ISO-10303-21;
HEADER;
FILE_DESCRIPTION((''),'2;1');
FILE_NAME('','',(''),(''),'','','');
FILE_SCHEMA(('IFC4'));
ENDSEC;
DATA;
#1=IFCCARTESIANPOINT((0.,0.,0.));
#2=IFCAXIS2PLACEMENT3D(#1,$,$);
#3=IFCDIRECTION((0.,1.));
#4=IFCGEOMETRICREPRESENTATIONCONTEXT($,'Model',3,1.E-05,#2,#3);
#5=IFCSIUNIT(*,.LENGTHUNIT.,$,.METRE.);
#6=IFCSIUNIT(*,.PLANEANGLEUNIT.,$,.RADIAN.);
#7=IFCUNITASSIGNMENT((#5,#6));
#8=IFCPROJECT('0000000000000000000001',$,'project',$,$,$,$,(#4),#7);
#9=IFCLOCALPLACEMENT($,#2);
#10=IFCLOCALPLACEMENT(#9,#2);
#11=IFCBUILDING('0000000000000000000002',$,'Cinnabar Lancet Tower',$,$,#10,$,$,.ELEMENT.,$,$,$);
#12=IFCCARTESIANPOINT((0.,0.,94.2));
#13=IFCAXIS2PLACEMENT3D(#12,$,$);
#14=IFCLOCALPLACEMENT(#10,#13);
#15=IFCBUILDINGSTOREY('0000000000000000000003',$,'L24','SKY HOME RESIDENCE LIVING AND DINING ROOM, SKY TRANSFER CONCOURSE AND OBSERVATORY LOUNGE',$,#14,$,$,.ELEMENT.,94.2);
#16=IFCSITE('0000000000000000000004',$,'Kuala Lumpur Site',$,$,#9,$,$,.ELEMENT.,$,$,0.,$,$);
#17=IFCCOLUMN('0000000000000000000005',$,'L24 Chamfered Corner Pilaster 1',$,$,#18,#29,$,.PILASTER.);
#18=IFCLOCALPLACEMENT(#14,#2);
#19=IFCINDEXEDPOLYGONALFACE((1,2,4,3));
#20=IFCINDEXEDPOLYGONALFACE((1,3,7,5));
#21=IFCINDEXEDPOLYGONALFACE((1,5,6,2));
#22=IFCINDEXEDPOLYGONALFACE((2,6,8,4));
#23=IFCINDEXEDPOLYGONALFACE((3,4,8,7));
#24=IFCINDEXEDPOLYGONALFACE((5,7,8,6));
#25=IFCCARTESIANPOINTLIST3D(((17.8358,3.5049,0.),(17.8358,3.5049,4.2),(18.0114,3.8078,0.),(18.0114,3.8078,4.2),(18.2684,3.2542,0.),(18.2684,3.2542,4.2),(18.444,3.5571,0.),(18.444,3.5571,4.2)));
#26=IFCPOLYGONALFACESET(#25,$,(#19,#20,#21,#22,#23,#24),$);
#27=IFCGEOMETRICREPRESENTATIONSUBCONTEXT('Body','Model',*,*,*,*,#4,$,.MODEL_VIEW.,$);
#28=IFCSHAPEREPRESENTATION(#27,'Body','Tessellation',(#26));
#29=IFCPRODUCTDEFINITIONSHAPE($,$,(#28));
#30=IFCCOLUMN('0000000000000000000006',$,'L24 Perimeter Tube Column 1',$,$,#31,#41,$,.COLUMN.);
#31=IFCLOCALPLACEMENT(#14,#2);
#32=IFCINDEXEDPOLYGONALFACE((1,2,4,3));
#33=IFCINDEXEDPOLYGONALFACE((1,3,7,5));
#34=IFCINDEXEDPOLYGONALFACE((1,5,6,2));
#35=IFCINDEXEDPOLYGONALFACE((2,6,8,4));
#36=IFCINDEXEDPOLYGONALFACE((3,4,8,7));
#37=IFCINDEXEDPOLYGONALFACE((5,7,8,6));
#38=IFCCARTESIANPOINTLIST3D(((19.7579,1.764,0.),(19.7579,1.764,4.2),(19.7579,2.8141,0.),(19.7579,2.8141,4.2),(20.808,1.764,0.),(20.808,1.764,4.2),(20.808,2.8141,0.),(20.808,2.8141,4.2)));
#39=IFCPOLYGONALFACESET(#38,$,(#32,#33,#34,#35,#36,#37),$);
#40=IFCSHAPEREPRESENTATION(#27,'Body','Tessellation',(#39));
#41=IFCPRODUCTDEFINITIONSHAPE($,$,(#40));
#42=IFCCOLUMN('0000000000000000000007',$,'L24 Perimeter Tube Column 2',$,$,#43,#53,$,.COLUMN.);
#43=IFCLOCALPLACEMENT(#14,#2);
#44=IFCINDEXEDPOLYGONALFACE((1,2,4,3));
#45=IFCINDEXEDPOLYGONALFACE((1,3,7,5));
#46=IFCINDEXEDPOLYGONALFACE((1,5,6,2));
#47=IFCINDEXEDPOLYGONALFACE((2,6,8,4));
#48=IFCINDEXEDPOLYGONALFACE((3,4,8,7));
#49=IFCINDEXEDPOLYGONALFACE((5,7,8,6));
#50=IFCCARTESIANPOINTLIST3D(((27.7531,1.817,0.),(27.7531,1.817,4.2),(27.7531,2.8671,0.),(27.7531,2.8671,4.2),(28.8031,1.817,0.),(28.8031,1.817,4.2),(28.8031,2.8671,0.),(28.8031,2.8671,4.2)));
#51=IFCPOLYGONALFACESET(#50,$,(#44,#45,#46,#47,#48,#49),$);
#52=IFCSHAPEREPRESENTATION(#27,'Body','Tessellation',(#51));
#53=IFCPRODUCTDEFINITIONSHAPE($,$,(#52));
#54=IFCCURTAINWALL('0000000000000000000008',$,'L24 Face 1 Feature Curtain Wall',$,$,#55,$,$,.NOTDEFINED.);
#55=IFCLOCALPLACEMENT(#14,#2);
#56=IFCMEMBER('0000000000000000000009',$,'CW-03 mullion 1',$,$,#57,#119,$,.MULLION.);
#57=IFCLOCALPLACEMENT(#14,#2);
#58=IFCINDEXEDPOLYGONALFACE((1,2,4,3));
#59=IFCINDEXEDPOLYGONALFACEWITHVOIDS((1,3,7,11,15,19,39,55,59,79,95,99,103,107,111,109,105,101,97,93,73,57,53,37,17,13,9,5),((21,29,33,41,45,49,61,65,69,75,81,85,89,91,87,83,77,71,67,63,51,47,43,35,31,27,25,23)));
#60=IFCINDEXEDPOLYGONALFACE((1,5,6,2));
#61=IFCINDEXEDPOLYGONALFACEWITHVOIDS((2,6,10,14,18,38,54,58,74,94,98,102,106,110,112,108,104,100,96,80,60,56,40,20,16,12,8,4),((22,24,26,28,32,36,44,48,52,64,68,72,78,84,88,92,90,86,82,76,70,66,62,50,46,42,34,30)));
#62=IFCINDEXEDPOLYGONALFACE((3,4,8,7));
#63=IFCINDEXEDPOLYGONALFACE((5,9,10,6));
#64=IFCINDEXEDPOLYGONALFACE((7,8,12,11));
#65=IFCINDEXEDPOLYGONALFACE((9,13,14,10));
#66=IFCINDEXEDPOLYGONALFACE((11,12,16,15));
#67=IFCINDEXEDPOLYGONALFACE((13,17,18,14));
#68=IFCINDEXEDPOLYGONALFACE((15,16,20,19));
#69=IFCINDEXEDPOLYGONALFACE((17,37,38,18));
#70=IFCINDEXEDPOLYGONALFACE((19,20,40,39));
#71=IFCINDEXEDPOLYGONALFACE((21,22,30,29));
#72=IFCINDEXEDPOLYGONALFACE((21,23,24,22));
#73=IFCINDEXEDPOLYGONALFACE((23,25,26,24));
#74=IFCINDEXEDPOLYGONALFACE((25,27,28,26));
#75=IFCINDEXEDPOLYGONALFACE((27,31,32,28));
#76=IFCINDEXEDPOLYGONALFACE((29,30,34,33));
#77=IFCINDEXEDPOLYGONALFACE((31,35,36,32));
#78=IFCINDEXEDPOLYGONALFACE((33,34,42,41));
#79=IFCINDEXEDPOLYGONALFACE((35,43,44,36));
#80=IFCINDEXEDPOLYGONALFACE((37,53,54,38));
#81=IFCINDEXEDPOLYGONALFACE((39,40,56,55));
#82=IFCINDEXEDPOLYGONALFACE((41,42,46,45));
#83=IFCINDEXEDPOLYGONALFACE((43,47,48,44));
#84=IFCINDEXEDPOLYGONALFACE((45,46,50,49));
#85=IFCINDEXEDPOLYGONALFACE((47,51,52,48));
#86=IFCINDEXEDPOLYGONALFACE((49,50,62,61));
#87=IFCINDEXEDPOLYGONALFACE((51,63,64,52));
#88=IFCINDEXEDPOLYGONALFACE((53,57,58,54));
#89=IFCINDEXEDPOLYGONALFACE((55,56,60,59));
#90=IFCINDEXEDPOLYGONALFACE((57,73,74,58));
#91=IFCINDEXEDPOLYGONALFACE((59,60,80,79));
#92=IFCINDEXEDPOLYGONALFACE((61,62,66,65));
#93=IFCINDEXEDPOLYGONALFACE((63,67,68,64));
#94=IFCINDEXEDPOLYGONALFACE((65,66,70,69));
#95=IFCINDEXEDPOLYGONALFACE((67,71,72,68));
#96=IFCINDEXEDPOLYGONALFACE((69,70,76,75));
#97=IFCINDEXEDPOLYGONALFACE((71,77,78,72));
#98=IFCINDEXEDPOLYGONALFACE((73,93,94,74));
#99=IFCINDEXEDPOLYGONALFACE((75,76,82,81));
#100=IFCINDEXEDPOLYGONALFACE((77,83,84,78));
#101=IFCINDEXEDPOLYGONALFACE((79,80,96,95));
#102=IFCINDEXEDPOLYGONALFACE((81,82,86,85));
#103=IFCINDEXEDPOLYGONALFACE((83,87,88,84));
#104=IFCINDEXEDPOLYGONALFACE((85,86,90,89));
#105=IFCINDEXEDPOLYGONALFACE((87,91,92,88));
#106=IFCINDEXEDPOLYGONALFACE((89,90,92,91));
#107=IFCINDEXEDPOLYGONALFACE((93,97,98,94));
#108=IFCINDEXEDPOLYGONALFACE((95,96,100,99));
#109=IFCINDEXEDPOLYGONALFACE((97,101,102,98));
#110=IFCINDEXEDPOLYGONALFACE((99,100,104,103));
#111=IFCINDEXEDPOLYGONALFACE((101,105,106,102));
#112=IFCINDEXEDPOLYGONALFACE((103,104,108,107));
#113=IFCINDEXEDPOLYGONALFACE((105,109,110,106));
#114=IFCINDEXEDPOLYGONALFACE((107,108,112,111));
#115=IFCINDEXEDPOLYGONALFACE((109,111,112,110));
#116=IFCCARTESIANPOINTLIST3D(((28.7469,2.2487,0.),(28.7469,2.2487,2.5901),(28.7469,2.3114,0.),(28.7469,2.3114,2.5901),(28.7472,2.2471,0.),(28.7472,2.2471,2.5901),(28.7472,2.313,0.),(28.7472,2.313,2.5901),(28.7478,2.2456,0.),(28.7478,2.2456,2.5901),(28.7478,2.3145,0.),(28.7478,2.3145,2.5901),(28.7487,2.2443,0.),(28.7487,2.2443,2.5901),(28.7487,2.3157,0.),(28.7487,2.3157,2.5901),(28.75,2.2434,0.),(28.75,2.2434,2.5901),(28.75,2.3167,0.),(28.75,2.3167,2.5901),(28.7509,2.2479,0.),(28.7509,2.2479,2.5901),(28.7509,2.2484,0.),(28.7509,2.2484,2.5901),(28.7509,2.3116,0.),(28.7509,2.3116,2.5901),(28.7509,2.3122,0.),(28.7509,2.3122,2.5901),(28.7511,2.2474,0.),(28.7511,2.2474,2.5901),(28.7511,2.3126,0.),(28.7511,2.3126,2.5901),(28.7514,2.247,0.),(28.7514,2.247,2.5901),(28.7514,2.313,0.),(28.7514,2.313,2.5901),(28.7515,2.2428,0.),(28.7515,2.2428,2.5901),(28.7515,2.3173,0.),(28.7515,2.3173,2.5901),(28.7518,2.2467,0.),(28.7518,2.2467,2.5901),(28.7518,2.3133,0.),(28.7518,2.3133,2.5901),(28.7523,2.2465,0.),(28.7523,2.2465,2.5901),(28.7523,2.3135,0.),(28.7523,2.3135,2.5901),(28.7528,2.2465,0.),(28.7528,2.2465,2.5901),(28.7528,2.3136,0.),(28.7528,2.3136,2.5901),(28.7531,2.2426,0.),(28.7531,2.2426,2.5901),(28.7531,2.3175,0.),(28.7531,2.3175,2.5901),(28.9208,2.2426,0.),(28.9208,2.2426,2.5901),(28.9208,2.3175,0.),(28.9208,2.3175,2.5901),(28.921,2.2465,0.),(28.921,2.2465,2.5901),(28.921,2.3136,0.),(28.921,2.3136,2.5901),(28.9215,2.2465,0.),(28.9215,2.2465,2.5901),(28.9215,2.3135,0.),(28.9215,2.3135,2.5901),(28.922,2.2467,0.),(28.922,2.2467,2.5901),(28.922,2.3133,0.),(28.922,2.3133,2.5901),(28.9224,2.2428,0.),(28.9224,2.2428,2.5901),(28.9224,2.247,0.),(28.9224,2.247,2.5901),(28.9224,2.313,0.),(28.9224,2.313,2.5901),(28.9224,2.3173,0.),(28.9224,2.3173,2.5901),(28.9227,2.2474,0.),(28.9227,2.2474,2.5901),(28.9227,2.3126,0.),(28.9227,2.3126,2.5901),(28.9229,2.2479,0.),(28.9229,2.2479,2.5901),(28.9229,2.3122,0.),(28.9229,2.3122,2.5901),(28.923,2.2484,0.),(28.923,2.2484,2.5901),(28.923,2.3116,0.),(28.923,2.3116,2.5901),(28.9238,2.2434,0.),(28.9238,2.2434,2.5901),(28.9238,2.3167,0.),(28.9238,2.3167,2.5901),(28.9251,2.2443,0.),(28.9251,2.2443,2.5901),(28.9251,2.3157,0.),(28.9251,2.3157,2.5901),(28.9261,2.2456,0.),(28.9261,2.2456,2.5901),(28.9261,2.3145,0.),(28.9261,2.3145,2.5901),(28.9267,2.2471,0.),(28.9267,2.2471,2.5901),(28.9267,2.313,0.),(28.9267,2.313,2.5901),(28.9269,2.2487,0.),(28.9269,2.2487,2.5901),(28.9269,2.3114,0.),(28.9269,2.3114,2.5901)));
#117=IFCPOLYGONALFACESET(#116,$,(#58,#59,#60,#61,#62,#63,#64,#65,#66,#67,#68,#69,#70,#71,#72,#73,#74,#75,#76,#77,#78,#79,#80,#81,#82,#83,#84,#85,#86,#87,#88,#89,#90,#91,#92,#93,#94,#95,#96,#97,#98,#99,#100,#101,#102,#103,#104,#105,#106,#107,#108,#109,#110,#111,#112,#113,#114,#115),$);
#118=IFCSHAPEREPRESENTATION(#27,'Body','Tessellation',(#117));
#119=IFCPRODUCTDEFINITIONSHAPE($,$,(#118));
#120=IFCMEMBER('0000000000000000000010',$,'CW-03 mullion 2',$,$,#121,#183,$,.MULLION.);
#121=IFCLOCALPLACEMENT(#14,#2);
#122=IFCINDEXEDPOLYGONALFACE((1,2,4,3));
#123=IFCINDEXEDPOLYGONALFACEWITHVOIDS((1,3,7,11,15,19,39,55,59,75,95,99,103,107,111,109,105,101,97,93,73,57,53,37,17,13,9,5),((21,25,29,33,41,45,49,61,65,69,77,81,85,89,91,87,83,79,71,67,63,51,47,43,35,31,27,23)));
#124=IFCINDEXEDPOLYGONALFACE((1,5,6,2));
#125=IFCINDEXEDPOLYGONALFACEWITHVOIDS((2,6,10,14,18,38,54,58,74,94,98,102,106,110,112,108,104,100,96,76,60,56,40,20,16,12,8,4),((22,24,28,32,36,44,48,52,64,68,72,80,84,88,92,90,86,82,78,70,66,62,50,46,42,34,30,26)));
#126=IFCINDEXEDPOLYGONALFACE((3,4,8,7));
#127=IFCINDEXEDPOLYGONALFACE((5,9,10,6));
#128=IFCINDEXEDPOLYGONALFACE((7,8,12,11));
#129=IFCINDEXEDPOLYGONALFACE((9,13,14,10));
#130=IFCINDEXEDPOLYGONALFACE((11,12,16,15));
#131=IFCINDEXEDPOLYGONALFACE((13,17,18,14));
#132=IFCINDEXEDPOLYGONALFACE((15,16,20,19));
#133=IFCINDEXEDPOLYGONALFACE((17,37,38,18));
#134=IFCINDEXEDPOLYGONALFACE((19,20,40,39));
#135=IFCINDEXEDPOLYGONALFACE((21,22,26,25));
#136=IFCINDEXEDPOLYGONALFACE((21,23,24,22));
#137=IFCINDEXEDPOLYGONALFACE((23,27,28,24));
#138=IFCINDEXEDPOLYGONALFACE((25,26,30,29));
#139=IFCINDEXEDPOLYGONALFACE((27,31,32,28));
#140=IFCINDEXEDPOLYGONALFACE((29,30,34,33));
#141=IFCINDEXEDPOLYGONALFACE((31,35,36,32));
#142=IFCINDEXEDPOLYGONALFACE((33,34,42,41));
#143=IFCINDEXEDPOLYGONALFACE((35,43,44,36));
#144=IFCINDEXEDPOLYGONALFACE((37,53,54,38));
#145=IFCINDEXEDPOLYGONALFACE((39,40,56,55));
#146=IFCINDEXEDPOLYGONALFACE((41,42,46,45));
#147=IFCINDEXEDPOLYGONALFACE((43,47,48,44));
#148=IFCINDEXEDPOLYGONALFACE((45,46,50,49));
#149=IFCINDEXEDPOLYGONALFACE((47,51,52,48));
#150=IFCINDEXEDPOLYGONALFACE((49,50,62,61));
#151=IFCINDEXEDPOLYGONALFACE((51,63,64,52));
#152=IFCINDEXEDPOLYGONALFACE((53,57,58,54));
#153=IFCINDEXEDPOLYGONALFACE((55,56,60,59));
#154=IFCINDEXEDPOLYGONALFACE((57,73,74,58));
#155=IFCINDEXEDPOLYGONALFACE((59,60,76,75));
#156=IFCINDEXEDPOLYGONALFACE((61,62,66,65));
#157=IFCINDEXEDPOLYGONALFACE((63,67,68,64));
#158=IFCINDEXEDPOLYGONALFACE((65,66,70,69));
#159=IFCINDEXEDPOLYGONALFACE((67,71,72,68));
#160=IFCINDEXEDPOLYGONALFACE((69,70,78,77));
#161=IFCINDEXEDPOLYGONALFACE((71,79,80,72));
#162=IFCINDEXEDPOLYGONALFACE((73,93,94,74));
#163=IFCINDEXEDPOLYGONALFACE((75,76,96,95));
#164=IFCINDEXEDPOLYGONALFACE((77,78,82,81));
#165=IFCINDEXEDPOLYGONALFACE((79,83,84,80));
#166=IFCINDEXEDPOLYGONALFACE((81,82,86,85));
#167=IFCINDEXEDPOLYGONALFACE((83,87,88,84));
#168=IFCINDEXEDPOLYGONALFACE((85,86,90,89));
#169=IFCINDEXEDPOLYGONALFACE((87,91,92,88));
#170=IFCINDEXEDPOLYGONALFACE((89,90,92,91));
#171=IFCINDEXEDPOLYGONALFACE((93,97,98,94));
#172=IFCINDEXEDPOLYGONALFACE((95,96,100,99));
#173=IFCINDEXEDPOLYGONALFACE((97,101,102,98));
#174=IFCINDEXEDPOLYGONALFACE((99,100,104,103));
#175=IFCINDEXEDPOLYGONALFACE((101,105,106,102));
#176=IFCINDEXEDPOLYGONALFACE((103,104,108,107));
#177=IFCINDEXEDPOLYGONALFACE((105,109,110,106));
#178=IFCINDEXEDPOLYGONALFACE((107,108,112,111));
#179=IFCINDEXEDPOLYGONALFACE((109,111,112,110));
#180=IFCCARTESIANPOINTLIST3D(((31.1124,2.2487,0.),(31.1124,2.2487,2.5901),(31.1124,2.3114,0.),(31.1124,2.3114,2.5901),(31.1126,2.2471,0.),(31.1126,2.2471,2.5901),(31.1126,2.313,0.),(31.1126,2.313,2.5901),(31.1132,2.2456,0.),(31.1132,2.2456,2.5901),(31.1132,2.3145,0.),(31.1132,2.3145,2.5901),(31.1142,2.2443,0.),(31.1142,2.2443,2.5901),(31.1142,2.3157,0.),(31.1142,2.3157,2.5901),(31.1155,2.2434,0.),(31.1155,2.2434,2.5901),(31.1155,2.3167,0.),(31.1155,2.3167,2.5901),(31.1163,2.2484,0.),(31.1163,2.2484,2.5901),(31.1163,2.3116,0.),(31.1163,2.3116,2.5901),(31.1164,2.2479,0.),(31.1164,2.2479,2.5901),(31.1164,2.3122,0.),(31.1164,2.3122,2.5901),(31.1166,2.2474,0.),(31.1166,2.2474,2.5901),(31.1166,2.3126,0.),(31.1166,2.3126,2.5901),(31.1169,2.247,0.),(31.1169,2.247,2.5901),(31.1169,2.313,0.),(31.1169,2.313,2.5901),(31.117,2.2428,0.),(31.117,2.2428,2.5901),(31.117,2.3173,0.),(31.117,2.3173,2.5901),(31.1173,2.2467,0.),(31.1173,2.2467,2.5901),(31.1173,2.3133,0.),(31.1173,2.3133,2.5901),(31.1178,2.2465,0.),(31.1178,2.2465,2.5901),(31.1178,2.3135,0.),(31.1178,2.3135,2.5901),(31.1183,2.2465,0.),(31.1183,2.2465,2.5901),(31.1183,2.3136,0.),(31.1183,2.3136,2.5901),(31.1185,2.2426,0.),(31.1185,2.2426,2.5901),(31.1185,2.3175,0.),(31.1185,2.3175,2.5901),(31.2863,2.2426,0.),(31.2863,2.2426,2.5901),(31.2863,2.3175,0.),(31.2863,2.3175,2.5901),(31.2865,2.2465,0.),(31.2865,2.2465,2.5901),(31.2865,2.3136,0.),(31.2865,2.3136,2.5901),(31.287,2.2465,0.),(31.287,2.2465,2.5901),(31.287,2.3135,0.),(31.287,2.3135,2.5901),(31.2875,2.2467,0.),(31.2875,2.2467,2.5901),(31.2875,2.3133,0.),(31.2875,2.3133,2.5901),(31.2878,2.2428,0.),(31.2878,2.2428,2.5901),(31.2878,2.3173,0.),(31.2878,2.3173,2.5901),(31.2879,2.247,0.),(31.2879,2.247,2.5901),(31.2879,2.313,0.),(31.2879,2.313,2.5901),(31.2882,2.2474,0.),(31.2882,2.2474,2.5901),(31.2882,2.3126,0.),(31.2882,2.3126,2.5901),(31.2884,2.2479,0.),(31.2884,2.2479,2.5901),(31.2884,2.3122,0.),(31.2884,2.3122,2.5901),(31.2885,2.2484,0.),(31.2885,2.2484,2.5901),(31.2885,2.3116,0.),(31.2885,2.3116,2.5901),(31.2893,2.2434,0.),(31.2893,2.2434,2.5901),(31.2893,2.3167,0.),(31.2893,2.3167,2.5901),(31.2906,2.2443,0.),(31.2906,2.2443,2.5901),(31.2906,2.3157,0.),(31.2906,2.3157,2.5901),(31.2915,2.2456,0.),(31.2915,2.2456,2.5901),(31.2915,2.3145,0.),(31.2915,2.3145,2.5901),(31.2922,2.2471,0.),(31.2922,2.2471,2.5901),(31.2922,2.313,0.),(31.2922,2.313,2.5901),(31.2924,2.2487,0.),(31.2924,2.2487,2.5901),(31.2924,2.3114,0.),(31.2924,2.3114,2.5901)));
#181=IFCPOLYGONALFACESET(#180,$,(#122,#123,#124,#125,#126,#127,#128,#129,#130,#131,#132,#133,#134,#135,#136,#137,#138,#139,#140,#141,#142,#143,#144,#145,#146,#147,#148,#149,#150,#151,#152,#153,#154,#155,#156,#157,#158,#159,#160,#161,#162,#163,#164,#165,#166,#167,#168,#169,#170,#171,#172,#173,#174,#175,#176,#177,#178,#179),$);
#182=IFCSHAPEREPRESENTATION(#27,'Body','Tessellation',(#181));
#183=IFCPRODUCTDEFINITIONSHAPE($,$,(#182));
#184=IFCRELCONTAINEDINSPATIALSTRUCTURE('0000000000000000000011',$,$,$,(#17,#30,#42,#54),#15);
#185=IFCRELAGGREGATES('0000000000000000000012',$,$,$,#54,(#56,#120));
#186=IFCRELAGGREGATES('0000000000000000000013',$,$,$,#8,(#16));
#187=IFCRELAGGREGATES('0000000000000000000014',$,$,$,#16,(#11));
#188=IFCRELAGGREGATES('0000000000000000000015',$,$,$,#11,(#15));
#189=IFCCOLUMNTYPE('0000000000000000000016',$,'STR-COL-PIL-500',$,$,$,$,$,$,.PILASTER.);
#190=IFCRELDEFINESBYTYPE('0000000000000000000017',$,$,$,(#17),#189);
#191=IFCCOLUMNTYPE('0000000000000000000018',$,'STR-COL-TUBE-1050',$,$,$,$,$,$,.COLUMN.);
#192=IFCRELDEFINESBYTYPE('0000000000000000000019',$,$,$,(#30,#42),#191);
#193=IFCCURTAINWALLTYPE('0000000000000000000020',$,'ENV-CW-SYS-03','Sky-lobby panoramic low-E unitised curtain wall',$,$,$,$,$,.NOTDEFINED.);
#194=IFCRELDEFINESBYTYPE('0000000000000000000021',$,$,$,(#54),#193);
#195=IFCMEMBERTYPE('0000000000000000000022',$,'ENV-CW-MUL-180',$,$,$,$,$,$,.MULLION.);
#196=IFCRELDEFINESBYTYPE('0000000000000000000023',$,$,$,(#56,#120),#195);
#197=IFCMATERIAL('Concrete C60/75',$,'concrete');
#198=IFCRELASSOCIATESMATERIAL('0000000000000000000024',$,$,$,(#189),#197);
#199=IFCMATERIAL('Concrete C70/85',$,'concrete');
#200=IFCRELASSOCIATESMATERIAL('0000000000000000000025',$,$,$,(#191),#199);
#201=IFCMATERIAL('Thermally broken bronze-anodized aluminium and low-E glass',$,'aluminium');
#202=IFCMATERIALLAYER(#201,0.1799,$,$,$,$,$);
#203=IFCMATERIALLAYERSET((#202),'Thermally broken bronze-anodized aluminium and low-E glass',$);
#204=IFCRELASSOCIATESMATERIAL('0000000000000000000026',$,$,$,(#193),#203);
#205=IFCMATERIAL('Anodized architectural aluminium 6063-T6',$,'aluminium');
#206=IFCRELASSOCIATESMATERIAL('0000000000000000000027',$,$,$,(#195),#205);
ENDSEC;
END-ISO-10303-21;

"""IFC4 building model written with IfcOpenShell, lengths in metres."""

from ifc_helpers import new_model, si_unit, direction, frame, origin, origin_2d, place, context, subcontext, project, spatial, rectangle, hollow_rectangle, extrude, material, layer, layer_set, material_profile, profile_set, type_object, element, aggregate, save


model = new_model("IFC4")

# Units and contexts
model_context = context("Model", 3, precision=1e-05, world=origin(), true_north=direction((0.0, 1.0)))
body_context = subcontext(model_context, "Body", "Model", "MODEL_VIEW")
ifc_project = project(units=[si_unit("LENGTHUNIT", "METRE"), si_unit("PLANEANGLEUNIT", "RADIAN")], contexts=[model_context])

# Site, building, storey
site_placement = place(None, origin())
site = spatial("IfcSite", under=ifc_project, at=site_placement, Name="Kuala Lumpur Site", CompositionType="ELEMENT", RefElevation=0.0)
building_placement = place(site_placement, origin())
building = spatial("IfcBuilding", under=site, at=building_placement, Name="Cinnabar Lancet Tower", CompositionType="ELEMENT")
storey_placement = place(building_placement, frame((0.0, 0.0, 94.2)))
storey = spatial("IfcBuildingStorey", under=building, at=storey_placement, Name="L24", Description="SKY HOME RESIDENCE LIVING AND DINING ROOM, SKY TRANSFER CONCOURSE AND OBSERVATORY LOUNGE", CompositionType="ELEMENT", Elevation=94.2)

# Columns
ifc_material_1 = material(Name="Concrete C60/75", Category="concrete")
ifc_material_profile_1 = material_profile(ifc_material_1, rectangle(XDim=0.5, YDim=0.3501, at=origin_2d()), Name="RC-PIL 500x350")
ifc_profile_set_1 = profile_set([ifc_material_profile_1], Name="Concrete C60/75")
column_type_1 = type_object("IfcColumnType", Name="STR-COL-PIL-500", PredefinedType="PILASTER", material=ifc_profile_set_1)
column_placement = place(storey_placement, frame((18.1399, 3.531, 0.0), z_axis=(0.0, 0.0, 1.0), x_axis=(0.865195, -0.501435, 0.0)))
element("IfcColumn", 1, at=column_placement, inside=storey, type_object=column_type_1, Name="L24 Chamfered Corner Pilaster 1", PredefinedType="PILASTER", context=body_context, shape_type="SweptSolid", body=[
    extrude(rectangle(XDim=0.5, YDim=0.3501, at=origin_2d()), origin(), (0.0, 0.0, 1.0), 4.2),
])
ifc_material_2 = material(Name="Concrete C70/85", Category="concrete")
ifc_material_profile_2 = material_profile(ifc_material_2, rectangle(XDim=1.05, YDim=1.05, at=origin_2d()), Name="RC-COL 1050x1050")
ifc_profile_set_2 = profile_set([ifc_material_profile_2], Name="Concrete C70/85")
column_type_2 = type_object("IfcColumnType", Name="STR-COL-TUBE-1050", PredefinedType="COLUMN", material=ifc_profile_set_2)
for number, where, z_axis, x_axis, name in (
    (2, (20.283, 2.2891, 0.0), (0.0, 0.0, 1.0), (1.0, 0.0, 0.0), "L24 Perimeter Tube Column 1"),
    (3, (28.2781, 2.342, 0.0), (0.0, 0.0, 1.0), (1.0, 0.0, 0.0), "L24 Perimeter Tube Column 2"),
):
    element("IfcColumn", number, at=place(storey_placement, frame(where, z_axis=z_axis, x_axis=x_axis)), inside=storey, type_object=column_type_2, Name=name, PredefinedType="COLUMN", context=body_context, shape_type="SweptSolid", body=[
        extrude(rectangle(XDim=1.05, YDim=1.05, at=origin_2d()), origin(), (0.0, 0.0, 1.0), 4.2),
    ])

# Curtain wall, members
ifc_material_3 = material(Name="Thermally broken bronze-anodized aluminium and low-E glass", Category="aluminium")
ifc_layer_1 = layer(ifc_material_3, 0.1799)
ifc_layer_set_1 = layer_set([ifc_layer_1], Name="Thermally broken bronze-anodized aluminium and low-E glass")
curtain_wall_type = type_object("IfcCurtainWallType", Name="ENV-CW-SYS-03", Description="Sky-lobby panoramic low-E unitised curtain wall", PredefinedType="NOTDEFINED", material=ifc_layer_set_1)
curtain_wall_placement = place(storey_placement, origin())
curtain_wall = element("IfcCurtainWall", 4, at=curtain_wall_placement, inside=storey, type_object=curtain_wall_type, Name="L24 Face 1 Feature Curtain Wall", PredefinedType="NOTDEFINED")
ifc_material_4 = material(Name="Anodized architectural aluminium 6063-T6", Category="aluminium")
ifc_material_profile_3 = material_profile(ifc_material_4, hollow_rectangle(XDim=0.075, YDim=0.1799, WallThickness=0.0039, InnerFilletRadius=0.002, OuterFilletRadius=0.0061, at=origin_2d()), Name="CW-MUL 180x75x4")
ifc_profile_set_3 = profile_set([ifc_material_profile_3], Name="Anodized architectural aluminium 6063-T6")
member_type_1 = type_object("IfcMemberType", Name="ENV-CW-MUL-180", PredefinedType="MULLION", material=ifc_profile_set_3)
member_1_placement = place(storey_placement, frame((28.8369, 2.28, 0.0), z_axis=(0.0, 0.0, 1.0), x_axis=(0.0, 1.0, 0.0)))
member_1 = element("IfcMember", 5, at=member_1_placement, type_object=member_type_1, Name="CW-03 mullion 1", PredefinedType="MULLION", context=body_context, shape_type="SweptSolid", body=[
    extrude(hollow_rectangle(XDim=0.075, YDim=0.1799, WallThickness=0.0039, InnerFilletRadius=0.002, OuterFilletRadius=0.0061, at=origin_2d()), origin(), (0.0, 0.0, 1.0), 2.5901),
])
member_2_placement = place(storey_placement, frame((31.2024, 2.28, 0.0), z_axis=(0.0, 0.0, 1.0), x_axis=(0.0, 1.0, 0.0)))
member_2 = element("IfcMember", 6, at=member_2_placement, type_object=member_type_1, Name="CW-03 mullion 2", PredefinedType="MULLION", context=body_context, shape_type="SweptSolid", body=[
    extrude(hollow_rectangle(XDim=0.075, YDim=0.1799, WallThickness=0.0039, InnerFilletRadius=0.002, OuterFilletRadius=0.0061, at=origin_2d()), origin(), (0.0, 0.0, 1.0), 2.5901),
])

aggregate(curtain_wall, [member_1, member_2])

save(model, "model.ifc")
